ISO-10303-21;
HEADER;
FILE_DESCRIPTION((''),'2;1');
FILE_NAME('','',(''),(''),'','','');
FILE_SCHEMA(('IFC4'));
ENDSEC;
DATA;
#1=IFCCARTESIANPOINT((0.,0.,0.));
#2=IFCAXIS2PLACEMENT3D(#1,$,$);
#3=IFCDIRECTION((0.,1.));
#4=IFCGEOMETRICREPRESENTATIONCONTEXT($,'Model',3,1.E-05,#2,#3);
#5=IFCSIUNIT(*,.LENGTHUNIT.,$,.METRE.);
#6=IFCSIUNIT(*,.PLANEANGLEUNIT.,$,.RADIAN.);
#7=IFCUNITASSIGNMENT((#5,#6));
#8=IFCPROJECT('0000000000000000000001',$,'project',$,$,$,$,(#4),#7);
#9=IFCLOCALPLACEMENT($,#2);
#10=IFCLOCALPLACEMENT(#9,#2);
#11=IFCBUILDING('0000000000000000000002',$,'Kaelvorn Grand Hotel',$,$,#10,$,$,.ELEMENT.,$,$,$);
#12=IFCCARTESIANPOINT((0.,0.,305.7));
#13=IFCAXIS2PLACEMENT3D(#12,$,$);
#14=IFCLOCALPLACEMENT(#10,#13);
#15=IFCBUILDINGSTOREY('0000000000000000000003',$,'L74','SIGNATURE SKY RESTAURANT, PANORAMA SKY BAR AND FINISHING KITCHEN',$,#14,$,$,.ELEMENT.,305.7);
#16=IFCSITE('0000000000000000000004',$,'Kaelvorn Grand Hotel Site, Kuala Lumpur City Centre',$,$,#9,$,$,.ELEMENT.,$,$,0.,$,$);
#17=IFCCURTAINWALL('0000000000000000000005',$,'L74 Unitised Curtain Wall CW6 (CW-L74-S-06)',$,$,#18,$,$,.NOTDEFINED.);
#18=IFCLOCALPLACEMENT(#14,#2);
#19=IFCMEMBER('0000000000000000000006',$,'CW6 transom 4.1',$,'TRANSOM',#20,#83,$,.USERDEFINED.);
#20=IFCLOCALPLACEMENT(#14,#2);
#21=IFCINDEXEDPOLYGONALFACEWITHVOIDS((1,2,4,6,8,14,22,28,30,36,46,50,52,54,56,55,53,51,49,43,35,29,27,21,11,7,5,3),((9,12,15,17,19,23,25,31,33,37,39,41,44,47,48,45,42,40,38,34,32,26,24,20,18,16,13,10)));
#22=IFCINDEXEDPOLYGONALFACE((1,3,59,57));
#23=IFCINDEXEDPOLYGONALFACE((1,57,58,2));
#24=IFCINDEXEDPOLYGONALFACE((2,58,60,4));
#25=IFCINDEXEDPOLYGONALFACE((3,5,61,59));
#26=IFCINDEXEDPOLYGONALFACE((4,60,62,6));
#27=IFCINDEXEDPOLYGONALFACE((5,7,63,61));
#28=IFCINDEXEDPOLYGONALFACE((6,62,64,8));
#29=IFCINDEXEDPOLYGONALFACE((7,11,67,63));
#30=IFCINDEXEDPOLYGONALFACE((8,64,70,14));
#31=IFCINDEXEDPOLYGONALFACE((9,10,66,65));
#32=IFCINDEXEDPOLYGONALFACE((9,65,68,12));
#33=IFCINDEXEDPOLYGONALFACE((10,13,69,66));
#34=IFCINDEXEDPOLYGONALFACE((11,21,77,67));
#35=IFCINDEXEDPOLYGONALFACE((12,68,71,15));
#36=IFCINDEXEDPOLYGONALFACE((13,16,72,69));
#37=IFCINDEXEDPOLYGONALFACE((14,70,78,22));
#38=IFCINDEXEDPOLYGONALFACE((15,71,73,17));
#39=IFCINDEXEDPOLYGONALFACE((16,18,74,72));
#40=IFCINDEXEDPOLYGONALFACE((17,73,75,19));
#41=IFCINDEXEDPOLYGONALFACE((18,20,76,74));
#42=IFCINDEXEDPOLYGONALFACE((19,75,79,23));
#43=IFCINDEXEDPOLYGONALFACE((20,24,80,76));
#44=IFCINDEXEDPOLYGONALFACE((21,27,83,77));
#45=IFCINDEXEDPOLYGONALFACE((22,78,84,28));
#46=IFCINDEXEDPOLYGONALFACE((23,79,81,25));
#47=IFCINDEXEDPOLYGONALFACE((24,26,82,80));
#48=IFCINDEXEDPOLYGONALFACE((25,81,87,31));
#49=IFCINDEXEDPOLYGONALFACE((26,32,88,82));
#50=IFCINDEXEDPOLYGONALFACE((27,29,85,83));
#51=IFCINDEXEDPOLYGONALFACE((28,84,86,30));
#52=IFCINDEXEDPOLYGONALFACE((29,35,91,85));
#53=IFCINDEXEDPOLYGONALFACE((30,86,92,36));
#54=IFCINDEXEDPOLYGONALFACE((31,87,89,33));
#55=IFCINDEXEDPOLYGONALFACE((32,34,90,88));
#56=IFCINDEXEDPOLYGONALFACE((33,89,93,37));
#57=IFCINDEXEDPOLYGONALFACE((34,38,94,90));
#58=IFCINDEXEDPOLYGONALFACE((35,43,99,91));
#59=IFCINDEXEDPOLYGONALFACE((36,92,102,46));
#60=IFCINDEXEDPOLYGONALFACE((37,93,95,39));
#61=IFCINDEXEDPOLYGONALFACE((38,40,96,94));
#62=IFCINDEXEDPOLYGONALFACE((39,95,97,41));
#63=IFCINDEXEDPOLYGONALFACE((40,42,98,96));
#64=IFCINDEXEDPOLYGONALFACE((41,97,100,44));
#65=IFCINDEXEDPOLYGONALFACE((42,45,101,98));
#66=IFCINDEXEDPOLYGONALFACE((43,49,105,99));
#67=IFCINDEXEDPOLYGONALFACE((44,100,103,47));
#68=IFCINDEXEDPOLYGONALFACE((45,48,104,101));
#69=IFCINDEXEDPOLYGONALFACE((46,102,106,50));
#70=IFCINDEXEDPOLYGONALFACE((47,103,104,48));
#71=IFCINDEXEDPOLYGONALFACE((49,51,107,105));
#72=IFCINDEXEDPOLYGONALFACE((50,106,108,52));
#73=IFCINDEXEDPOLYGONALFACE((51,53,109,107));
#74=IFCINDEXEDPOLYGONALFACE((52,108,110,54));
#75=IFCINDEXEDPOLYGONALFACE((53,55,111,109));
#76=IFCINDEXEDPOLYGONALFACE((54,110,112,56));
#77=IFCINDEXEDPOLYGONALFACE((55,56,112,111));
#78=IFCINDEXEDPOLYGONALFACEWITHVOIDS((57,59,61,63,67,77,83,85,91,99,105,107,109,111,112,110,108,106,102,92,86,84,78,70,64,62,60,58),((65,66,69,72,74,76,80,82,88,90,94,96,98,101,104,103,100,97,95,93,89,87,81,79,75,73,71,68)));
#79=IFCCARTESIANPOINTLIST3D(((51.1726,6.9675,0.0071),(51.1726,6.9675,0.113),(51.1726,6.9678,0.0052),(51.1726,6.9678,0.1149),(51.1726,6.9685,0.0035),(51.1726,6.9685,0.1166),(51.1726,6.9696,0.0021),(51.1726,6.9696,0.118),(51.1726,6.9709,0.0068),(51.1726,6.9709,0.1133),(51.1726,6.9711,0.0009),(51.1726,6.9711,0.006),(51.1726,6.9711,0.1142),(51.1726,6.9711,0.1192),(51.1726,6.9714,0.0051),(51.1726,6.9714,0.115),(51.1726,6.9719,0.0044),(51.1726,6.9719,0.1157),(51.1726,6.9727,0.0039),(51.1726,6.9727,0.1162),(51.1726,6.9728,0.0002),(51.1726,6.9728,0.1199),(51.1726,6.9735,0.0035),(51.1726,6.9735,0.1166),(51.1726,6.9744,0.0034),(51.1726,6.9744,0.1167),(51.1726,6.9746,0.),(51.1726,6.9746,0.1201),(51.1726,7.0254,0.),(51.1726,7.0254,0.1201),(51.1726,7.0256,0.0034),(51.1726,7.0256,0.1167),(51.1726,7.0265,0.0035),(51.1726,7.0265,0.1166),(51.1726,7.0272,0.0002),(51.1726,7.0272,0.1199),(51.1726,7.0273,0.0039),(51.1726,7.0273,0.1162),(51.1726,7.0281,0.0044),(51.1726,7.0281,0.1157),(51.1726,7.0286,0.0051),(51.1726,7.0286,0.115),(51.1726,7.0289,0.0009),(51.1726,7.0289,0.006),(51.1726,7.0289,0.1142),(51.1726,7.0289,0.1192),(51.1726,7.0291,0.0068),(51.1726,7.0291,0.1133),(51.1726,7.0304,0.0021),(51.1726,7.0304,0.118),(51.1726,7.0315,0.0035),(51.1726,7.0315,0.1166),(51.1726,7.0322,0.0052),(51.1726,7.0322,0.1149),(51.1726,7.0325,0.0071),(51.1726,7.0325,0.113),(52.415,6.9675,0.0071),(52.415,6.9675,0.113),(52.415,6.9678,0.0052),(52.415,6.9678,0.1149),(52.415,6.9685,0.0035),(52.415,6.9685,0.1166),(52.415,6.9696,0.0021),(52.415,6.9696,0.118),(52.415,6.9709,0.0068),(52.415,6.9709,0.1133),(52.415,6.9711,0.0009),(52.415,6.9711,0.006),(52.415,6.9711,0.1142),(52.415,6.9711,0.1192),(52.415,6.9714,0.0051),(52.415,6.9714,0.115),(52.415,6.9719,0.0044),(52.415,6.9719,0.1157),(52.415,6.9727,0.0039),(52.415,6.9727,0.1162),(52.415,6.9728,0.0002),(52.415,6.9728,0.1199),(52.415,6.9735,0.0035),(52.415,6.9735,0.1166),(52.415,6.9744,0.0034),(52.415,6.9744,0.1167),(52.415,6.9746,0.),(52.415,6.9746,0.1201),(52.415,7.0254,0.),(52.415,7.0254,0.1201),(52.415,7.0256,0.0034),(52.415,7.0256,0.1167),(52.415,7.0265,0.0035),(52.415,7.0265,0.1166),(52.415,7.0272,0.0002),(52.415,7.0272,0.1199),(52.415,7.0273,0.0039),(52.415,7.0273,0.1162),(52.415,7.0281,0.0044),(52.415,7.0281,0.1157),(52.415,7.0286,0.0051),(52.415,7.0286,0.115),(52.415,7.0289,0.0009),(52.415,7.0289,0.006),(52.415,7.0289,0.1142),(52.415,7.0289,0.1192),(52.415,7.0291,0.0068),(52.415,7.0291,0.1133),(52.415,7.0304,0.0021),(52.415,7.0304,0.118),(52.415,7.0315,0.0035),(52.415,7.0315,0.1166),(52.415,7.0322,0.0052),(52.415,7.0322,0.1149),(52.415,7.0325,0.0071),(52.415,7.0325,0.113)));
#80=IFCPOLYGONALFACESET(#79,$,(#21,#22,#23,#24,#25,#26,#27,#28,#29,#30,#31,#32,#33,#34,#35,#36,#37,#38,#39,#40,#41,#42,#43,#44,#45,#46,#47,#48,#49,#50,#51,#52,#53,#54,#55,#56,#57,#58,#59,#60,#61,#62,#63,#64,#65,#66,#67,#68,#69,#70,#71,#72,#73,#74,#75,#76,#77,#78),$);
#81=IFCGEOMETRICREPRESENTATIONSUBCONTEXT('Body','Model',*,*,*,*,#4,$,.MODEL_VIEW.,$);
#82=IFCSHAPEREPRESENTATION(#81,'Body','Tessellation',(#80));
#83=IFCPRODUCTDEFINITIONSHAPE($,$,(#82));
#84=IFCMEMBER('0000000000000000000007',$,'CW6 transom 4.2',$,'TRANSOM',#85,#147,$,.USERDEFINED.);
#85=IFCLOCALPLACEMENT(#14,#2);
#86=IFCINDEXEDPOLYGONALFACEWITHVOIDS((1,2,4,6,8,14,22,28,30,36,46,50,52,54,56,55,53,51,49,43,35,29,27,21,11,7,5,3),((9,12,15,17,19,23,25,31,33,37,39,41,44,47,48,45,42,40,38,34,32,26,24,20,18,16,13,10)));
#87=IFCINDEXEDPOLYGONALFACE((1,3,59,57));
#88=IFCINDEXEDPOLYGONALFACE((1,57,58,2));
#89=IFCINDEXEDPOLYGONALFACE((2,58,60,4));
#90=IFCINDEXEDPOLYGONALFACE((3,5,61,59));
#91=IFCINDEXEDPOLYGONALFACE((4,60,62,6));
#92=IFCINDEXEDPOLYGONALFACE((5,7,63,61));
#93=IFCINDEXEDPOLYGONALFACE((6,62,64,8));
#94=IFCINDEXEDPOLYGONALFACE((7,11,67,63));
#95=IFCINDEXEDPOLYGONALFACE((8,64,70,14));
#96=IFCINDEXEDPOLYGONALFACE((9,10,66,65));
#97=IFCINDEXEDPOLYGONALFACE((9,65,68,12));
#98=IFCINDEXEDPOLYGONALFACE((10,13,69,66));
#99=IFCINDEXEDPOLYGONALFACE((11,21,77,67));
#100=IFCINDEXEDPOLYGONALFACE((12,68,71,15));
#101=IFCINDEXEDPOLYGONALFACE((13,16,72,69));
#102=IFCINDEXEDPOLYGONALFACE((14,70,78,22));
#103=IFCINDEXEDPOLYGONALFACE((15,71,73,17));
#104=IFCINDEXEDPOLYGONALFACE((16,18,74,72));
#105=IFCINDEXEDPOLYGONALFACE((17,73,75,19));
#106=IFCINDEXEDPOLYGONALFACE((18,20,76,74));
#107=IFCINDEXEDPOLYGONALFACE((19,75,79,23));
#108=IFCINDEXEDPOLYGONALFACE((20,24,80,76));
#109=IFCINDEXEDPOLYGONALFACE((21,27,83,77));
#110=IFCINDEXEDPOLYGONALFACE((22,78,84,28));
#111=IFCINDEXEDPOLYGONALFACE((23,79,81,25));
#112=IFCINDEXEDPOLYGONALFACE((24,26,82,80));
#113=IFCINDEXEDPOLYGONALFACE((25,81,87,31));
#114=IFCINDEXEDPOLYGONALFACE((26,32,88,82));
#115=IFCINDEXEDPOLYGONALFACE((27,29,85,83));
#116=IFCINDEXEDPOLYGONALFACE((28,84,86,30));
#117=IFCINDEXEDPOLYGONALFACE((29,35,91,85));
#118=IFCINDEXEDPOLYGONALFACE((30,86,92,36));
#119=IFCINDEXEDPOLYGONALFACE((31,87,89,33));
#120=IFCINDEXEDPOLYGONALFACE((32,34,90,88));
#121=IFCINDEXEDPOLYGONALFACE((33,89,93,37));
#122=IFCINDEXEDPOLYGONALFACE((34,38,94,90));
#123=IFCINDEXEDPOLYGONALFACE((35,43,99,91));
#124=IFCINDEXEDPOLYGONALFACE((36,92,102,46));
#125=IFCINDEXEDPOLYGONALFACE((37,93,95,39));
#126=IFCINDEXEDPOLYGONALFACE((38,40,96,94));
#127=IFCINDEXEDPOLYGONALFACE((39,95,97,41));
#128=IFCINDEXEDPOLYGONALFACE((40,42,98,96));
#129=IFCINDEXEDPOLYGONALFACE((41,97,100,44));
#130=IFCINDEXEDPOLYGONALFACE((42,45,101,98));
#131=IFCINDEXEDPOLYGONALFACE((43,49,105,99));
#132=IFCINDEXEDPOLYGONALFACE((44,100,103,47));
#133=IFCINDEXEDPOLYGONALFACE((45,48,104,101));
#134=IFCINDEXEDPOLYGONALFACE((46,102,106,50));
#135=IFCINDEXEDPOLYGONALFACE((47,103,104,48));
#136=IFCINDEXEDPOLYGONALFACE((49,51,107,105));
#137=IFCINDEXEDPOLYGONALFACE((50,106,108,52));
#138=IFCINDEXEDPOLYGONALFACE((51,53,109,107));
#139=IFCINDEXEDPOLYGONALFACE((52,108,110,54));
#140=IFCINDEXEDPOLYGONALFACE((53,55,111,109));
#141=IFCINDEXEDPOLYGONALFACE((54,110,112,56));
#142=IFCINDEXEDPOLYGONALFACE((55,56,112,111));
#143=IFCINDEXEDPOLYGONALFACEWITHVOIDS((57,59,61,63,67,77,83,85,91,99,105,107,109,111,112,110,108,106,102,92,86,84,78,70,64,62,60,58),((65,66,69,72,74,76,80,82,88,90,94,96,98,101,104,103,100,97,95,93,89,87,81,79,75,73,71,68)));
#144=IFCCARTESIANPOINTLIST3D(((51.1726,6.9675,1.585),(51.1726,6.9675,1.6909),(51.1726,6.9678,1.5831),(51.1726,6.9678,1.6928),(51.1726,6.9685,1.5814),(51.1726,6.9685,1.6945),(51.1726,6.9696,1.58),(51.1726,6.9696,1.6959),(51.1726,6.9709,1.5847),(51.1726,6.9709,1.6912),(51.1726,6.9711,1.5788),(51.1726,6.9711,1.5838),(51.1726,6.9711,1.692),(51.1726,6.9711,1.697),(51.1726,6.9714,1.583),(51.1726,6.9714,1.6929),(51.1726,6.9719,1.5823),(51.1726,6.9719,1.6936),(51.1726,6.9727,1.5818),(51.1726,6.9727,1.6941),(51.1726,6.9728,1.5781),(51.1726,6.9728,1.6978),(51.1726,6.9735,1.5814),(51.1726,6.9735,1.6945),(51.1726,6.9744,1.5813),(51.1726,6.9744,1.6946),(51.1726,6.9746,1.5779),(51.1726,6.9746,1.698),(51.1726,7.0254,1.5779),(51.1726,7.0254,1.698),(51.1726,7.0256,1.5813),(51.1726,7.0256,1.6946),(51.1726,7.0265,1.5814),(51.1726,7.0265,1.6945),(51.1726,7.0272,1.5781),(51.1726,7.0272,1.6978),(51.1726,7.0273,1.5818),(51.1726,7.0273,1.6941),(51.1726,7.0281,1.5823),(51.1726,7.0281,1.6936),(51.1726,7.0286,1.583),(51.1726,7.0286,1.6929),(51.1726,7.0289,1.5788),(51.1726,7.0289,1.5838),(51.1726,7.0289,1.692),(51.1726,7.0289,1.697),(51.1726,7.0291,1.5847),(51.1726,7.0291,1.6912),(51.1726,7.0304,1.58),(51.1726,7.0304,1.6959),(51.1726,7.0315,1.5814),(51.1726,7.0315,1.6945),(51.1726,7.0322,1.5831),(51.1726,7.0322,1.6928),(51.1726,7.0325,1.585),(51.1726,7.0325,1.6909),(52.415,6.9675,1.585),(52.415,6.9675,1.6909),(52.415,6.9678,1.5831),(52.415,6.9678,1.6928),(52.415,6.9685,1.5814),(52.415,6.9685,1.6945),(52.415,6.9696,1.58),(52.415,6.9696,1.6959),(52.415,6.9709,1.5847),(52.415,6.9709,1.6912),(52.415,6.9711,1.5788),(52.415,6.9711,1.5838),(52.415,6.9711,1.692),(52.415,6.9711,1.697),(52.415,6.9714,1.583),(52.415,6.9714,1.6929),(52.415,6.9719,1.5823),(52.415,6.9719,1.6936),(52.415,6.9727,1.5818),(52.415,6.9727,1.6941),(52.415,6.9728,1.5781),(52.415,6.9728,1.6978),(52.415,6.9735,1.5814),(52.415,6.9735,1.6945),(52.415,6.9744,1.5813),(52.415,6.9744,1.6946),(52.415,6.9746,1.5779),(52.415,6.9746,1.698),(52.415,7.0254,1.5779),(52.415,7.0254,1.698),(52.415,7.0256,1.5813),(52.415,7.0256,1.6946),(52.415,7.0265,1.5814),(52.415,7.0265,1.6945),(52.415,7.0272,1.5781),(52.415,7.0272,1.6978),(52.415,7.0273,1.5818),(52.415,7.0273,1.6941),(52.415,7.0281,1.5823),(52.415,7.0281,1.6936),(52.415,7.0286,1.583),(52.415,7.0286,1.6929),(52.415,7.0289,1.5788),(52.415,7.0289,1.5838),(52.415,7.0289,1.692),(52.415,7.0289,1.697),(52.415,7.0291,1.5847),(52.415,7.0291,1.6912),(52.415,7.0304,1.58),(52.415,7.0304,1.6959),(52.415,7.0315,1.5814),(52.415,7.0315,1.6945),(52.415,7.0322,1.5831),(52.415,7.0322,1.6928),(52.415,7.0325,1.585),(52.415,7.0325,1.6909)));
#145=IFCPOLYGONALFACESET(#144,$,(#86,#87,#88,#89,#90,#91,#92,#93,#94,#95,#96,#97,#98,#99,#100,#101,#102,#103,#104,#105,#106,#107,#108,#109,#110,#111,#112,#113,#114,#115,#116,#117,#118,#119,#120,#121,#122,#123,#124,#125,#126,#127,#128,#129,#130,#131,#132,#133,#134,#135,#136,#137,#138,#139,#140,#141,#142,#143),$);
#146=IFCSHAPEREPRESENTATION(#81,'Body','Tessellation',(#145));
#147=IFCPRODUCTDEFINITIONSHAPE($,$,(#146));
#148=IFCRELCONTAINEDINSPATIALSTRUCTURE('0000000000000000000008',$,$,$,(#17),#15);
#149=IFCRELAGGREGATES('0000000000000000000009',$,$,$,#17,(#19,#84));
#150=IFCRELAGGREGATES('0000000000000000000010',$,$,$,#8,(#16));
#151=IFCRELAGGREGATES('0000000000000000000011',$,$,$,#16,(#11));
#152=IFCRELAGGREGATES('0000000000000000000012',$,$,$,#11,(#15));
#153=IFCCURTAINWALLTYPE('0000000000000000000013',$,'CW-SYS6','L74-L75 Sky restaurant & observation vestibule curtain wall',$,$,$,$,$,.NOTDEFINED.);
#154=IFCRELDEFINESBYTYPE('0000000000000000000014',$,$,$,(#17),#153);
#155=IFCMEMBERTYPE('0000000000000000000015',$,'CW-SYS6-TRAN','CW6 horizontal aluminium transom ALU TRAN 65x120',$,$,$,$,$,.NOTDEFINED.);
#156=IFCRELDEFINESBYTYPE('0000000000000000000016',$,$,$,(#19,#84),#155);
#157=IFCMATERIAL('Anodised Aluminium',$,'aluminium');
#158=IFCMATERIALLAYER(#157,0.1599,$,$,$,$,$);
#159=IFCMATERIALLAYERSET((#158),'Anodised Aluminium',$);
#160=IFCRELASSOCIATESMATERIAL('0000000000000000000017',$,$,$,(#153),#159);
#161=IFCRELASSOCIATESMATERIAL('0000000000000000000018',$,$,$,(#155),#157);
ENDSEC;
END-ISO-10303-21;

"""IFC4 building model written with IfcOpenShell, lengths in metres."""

from ifc_helpers import new_model, si_unit, direction, frame, origin, origin_2d, place, context, subcontext, project, spatial, hollow_rectangle, extrude, material, layer, layer_set, material_profile, profile_set, type_object, element, aggregate, save


model = new_model("IFC4")

# Units and contexts
model_context = context("Model", 3, precision=1e-05, world=origin(), true_north=direction((0.0, 1.0)))
body_context = subcontext(model_context, "Body", "Model", "MODEL_VIEW")
ifc_project = project(units=[si_unit("LENGTHUNIT", "METRE"), si_unit("PLANEANGLEUNIT", "RADIAN")], contexts=[model_context])

# Site, building, storey
site_placement = place(None, origin())
site = spatial("IfcSite", under=ifc_project, at=site_placement, Name="Kaelvorn Grand Hotel Site, Kuala Lumpur City Centre", CompositionType="ELEMENT", RefElevation=0.0)
building_placement = place(site_placement, origin())
building = spatial("IfcBuilding", under=site, at=building_placement, Name="Kaelvorn Grand Hotel", CompositionType="ELEMENT")
storey_placement = place(building_placement, frame((0.0, 0.0, 305.7)))
storey = spatial("IfcBuildingStorey", under=building, at=storey_placement, Name="L74", Description="SIGNATURE SKY RESTAURANT, PANORAMA SKY BAR AND FINISHING KITCHEN", CompositionType="ELEMENT", Elevation=305.7)

# Curtain wall
ifc_material_1 = material(Name="Anodised Aluminium", Category="aluminium")
ifc_layer_1 = layer(ifc_material_1, 0.1599)
ifc_layer_set_1 = layer_set([ifc_layer_1], Name="Anodised Aluminium")
curtain_wall_type = type_object("IfcCurtainWallType", Name="CW-SYS6", Description="L74-L75 Sky restaurant & observation vestibule curtain wall", PredefinedType="NOTDEFINED", material=ifc_layer_set_1)
curtain_wall_1_placement = place(storey_placement, origin())
curtain_wall_1 = element("IfcCurtainWall", 1, at=curtain_wall_1_placement, inside=storey, type_object=curtain_wall_type, Name="L74 Unitised Curtain Wall CW6 (CW-L74-S-06)", PredefinedType="NOTDEFINED")

# Members
ifc_material_profile_1 = material_profile(ifc_material_1, hollow_rectangle(XDim=0.0649, YDim=0.1201, WallThickness=0.0034, InnerFilletRadius=0.0034, OuterFilletRadius=0.0071, at=origin_2d()), Name="ALU TRAN 65x120")
ifc_profile_set_1 = profile_set([ifc_material_profile_1], Name="Anodised Aluminium")
member_type_1 = type_object("IfcMemberType", Name="CW-SYS6-TRAN", Description="CW6 horizontal aluminium transom ALU TRAN 65x120", PredefinedType="NOTDEFINED", material=ifc_profile_set_1)
member_1_placement = place(storey_placement, frame((51.1726, 7.0, 0.0601), z_axis=(1.0, 0.0, 0.0), x_axis=(0.0, 1.0, 0.0)))
member_1 = element("IfcMember", 2, at=member_1_placement, type_object=member_type_1, Name="CW6 transom 4.1", ObjectType="TRANSOM", PredefinedType="USERDEFINED", context=body_context, shape_type="SweptSolid", body=[
    extrude(hollow_rectangle(XDim=0.0649, YDim=0.1201, WallThickness=0.0034, InnerFilletRadius=0.0034, OuterFilletRadius=0.0071, at=origin_2d()), origin(), (0.0, 0.0, 1.0), 1.2424),
])
member_2_placement = place(storey_placement, frame((51.1726, 7.0, 1.6379), z_axis=(1.0, 0.0, 0.0), x_axis=(0.0, 1.0, 0.0)))
member_2 = element("IfcMember", 3, at=member_2_placement, type_object=member_type_1, Name="CW6 transom 4.2", ObjectType="TRANSOM", PredefinedType="USERDEFINED", context=body_context, shape_type="SweptSolid", body=[
    extrude(hollow_rectangle(XDim=0.0649, YDim=0.1201, WallThickness=0.0034, InnerFilletRadius=0.0034, OuterFilletRadius=0.0071, at=origin_2d()), origin(), (0.0, 0.0, 1.0), 1.2424),
])

aggregate(curtain_wall_1, [member_1, member_2])

save(model, "model.ifc")
